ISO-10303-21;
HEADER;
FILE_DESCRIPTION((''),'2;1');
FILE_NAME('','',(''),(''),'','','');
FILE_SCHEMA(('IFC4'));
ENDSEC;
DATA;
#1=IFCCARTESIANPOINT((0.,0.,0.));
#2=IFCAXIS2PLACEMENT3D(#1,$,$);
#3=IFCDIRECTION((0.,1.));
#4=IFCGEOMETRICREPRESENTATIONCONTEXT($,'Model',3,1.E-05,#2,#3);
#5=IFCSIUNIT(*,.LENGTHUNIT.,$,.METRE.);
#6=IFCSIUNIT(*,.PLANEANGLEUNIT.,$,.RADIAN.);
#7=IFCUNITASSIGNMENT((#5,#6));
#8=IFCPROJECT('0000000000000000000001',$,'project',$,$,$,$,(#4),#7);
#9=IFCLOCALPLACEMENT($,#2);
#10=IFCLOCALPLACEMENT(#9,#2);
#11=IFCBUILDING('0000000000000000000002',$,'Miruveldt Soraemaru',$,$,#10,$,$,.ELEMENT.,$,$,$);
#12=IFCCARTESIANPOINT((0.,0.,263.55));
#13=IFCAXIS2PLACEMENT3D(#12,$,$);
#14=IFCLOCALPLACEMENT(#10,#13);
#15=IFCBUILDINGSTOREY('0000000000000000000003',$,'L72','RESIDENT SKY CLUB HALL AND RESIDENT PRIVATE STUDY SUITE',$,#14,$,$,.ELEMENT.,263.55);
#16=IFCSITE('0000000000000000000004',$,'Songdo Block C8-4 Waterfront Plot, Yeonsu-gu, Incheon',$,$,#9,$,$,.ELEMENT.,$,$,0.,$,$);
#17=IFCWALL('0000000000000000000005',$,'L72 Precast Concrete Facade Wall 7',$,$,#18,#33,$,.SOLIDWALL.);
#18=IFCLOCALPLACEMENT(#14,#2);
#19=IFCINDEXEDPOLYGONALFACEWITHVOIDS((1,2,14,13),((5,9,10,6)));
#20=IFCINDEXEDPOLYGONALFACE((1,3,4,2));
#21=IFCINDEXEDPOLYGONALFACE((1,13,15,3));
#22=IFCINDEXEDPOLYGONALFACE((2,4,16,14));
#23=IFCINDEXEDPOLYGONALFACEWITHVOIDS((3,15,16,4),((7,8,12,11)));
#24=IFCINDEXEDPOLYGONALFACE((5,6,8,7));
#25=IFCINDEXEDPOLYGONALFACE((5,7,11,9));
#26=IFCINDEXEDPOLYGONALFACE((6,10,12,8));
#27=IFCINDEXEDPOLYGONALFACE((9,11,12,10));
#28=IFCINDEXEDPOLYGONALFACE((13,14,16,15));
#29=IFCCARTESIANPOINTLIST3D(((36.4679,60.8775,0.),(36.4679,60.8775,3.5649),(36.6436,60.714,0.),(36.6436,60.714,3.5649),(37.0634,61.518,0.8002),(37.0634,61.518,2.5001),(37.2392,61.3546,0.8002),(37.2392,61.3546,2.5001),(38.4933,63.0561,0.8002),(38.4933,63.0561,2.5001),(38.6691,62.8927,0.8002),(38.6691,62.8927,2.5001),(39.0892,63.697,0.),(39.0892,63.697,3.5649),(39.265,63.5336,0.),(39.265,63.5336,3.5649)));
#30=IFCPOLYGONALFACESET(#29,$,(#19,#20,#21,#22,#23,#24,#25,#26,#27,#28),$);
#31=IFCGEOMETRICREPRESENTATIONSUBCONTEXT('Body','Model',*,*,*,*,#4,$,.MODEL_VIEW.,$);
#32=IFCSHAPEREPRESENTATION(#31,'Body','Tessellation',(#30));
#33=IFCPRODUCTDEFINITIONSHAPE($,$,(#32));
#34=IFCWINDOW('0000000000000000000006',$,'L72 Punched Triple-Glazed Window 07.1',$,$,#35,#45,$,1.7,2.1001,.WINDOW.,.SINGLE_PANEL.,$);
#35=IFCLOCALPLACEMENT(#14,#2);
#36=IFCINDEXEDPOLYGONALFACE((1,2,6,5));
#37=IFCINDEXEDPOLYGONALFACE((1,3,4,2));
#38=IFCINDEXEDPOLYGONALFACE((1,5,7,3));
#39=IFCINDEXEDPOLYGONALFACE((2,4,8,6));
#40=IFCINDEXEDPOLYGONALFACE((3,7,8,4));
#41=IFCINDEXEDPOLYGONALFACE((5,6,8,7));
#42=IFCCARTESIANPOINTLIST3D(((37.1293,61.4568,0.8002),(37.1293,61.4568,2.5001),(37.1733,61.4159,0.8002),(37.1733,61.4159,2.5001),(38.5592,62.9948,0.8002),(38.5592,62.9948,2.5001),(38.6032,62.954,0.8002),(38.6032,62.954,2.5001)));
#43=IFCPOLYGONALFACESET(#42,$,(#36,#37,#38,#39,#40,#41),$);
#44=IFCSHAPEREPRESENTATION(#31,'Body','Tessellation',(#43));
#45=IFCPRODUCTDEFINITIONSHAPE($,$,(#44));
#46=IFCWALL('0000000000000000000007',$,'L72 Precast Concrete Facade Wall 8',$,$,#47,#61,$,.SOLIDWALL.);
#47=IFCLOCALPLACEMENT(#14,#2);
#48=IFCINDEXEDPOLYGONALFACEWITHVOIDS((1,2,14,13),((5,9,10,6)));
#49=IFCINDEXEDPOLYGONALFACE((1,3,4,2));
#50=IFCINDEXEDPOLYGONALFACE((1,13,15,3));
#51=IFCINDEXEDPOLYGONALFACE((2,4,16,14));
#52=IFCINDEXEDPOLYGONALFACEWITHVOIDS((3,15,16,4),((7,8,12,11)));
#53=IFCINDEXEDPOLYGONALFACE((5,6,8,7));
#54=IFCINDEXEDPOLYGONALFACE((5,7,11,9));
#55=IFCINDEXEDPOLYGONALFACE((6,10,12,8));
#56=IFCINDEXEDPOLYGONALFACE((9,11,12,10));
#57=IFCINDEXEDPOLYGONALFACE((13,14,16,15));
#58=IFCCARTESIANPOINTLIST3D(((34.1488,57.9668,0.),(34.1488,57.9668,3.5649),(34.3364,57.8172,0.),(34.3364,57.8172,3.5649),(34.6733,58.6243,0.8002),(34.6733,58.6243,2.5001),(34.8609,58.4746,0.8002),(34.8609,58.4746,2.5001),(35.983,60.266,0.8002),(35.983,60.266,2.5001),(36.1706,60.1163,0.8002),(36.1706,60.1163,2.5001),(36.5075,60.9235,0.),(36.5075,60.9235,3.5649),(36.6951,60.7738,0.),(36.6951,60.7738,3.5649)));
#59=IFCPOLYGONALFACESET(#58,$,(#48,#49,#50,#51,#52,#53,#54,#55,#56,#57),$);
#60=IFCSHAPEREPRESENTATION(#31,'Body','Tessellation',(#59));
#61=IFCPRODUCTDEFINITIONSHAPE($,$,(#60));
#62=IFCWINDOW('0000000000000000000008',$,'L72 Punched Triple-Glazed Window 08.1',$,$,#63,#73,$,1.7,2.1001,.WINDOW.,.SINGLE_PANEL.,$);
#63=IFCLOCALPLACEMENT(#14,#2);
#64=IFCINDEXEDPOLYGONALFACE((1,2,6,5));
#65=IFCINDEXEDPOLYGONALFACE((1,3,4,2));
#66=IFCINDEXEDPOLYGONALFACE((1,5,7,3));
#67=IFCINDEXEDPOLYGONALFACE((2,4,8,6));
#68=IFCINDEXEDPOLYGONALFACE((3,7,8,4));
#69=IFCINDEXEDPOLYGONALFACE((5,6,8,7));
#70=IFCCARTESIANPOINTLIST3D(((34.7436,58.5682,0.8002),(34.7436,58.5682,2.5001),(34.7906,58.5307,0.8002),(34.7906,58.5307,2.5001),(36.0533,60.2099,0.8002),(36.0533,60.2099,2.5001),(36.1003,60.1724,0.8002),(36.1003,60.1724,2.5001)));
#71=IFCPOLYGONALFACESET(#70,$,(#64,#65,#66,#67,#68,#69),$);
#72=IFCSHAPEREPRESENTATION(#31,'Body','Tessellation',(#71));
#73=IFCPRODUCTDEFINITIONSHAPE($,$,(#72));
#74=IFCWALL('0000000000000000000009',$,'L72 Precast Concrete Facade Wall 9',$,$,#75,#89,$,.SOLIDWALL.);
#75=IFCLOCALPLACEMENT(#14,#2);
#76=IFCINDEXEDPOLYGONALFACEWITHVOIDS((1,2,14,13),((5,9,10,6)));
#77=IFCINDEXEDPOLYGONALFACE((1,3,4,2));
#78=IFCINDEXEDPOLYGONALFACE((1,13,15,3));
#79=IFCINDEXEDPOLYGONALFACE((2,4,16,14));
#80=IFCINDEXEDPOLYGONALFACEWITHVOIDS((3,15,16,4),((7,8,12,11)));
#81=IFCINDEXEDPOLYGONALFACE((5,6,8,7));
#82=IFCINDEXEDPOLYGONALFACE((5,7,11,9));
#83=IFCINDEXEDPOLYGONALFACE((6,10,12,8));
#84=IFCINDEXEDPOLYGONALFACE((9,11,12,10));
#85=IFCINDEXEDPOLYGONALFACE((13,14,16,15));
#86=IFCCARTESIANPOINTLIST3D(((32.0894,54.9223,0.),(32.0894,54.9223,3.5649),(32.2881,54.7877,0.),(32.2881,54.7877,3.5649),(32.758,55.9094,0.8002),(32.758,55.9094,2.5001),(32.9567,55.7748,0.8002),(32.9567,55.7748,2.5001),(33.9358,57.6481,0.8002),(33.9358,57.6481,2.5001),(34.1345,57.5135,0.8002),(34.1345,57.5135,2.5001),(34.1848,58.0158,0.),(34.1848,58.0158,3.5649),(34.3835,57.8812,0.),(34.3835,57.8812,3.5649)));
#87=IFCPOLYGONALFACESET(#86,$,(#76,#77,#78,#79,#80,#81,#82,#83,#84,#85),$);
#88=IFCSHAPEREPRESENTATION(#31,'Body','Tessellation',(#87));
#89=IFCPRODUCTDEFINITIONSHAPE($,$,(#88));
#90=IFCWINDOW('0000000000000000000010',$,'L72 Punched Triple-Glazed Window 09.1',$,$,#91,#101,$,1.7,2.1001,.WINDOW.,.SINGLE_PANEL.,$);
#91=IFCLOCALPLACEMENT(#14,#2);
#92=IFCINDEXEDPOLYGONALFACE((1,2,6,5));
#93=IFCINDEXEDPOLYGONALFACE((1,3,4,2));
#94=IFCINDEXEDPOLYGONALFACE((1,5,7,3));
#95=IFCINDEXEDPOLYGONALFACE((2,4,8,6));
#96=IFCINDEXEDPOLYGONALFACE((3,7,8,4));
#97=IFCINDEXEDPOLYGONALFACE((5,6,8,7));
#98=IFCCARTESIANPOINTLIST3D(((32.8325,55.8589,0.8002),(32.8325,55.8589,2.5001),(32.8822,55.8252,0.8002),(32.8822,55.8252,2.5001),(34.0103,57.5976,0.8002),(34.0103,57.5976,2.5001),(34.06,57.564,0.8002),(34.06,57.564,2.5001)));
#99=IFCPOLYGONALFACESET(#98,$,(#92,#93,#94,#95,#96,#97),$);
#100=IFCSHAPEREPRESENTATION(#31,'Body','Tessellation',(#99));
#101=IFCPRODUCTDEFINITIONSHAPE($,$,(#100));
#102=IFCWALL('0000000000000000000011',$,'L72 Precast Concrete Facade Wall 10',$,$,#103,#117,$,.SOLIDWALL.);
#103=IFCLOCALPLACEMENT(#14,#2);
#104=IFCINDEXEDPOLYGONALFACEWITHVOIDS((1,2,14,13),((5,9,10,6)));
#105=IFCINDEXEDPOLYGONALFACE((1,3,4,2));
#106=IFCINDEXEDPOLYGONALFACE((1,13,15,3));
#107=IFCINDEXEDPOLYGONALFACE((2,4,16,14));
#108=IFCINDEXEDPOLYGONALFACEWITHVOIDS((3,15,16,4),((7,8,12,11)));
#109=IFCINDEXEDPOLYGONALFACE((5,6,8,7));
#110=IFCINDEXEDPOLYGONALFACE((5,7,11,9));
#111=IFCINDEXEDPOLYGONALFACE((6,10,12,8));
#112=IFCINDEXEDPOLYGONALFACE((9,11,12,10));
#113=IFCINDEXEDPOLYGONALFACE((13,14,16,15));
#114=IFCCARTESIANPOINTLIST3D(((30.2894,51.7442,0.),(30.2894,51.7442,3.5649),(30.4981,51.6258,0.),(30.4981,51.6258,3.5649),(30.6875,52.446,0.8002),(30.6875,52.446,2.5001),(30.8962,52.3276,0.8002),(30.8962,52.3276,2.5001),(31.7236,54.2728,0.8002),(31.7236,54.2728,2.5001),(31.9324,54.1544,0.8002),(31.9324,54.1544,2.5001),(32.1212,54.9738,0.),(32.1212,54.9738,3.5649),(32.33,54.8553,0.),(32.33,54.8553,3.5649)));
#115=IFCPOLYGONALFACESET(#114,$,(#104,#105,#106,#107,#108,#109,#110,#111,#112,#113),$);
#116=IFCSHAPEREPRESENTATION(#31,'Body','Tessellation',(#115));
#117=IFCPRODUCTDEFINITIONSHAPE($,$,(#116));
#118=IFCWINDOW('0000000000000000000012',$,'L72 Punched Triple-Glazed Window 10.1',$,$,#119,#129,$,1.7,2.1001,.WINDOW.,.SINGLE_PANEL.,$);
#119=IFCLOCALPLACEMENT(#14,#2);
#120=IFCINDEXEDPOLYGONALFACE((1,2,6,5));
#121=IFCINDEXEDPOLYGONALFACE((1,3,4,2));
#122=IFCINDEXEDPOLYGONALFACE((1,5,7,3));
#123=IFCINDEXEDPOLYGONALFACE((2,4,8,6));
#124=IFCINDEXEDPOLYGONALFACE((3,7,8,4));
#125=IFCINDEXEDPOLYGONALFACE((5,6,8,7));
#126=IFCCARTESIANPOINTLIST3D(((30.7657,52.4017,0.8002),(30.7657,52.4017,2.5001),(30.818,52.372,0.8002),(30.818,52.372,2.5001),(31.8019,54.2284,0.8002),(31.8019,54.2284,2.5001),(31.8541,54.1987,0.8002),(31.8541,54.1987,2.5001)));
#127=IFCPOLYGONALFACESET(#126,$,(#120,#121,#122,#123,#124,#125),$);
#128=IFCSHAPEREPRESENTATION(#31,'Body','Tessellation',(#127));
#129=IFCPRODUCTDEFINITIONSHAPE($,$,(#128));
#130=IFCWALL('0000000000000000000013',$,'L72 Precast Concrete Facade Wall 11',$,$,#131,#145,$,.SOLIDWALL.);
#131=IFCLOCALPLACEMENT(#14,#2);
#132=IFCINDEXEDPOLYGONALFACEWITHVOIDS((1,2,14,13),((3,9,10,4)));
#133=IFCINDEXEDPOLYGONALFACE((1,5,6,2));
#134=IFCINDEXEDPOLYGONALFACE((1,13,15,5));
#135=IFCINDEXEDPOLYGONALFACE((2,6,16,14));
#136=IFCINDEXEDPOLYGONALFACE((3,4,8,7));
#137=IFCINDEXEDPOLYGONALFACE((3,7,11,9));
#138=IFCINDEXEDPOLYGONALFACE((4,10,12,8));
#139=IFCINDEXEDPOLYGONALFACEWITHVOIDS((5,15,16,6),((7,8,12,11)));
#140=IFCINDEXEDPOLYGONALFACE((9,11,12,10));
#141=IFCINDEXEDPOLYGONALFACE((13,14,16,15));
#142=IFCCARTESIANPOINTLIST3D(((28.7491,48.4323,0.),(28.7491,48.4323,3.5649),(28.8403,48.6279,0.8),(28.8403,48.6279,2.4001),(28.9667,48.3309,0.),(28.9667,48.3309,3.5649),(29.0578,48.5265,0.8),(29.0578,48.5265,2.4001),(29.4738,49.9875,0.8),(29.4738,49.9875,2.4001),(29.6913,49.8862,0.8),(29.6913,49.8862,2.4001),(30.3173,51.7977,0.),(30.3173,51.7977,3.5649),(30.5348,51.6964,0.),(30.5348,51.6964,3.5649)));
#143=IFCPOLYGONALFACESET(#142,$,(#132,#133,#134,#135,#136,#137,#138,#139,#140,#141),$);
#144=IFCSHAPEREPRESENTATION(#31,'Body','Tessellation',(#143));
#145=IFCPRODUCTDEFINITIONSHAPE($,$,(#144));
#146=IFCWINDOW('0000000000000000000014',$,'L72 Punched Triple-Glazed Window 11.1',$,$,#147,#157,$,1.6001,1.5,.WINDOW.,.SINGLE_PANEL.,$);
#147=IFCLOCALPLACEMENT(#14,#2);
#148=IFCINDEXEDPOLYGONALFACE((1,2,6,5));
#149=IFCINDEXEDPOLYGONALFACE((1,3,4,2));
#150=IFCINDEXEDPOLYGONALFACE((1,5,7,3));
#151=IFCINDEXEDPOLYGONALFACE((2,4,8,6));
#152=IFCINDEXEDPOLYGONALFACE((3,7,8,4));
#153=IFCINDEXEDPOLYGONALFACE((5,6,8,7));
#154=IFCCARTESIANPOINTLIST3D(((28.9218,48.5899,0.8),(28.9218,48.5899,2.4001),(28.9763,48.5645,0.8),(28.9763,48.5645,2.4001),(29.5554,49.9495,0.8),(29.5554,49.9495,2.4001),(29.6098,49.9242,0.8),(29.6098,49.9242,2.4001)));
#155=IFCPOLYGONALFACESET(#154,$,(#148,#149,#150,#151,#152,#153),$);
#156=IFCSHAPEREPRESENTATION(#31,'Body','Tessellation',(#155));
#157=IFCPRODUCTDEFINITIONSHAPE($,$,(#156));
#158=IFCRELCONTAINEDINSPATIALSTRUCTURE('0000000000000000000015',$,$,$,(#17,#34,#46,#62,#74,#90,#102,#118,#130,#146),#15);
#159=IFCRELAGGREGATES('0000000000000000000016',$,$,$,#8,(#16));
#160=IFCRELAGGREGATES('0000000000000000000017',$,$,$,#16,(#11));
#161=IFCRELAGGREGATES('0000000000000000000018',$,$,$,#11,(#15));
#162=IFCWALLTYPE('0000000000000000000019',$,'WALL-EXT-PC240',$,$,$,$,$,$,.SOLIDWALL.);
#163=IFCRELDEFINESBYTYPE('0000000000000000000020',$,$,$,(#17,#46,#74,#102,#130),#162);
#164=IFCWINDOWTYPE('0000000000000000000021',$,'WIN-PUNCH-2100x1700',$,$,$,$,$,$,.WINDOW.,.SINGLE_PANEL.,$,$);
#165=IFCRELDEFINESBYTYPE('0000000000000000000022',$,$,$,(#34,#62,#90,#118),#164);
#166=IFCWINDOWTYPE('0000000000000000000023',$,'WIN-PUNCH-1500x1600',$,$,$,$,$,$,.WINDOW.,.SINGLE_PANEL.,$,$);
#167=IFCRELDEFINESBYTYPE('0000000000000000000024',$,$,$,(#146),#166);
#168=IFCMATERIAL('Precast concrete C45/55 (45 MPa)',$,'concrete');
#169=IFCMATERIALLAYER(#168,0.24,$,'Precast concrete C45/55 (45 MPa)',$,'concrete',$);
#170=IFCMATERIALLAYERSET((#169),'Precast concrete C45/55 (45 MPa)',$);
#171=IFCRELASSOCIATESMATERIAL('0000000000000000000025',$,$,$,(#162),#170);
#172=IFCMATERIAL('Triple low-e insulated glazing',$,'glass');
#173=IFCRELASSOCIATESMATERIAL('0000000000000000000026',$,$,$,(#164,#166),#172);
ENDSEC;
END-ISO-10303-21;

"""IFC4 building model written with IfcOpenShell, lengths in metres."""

from ifc_helpers import new_model, si_unit, direction, frame, frame_2d, origin, place, context, subcontext, project, spatial, rectangle, extrude, material, layer, layer_set, type_object, element, fill, save


model = new_model("IFC4")

# Units and contexts
model_context = context("Model", 3, precision=1e-05, world=origin(), true_north=direction((0.0, 1.0)))
body_context = subcontext(model_context, "Body", "Model", "MODEL_VIEW")
ifc_project = project(units=[si_unit("LENGTHUNIT", "METRE"), si_unit("PLANEANGLEUNIT", "RADIAN")], contexts=[model_context])

# Site, building, storey
site_placement = place(None, origin())
site = spatial("IfcSite", under=ifc_project, at=site_placement, Name="Songdo Block C8-4 Waterfront Plot, Yeonsu-gu, Incheon", CompositionType="ELEMENT", RefElevation=0.0)
building_placement = place(site_placement, origin())
building = spatial("IfcBuilding", under=site, at=building_placement, Name="Miruveldt Soraemaru", CompositionType="ELEMENT")
storey_placement = place(building_placement, frame((0.0, 0.0, 263.55)))
storey = spatial("IfcBuildingStorey", under=building, at=storey_placement, Name="L72", Description="RESIDENT SKY CLUB HALL AND RESIDENT PRIVATE STUDY SUITE", CompositionType="ELEMENT", Elevation=263.55)

# Walls, openings, windows
ifc_material_1 = material(Name="Precast concrete C45/55 (45 MPa)", Category="concrete")
ifc_layer_1 = layer(ifc_material_1, 0.24, Name="Precast concrete C45/55 (45 MPa)", Category="concrete")
ifc_layer_set_1 = layer_set([ifc_layer_1], Name="Precast concrete C45/55 (45 MPa)")
wall_type_1 = type_object("IfcWallType", Name="WALL-EXT-PC240", PredefinedType="SOLIDWALL", material=ifc_layer_set_1)
ifc_material_2 = material(Name="Triple low-e insulated glazing", Category="glass")
window_type_1 = type_object("IfcWindowType", Name="WIN-PUNCH-2100x1700", PartitioningType="SINGLE_PANEL", PredefinedType="WINDOW", material=ifc_material_2)
wall_1_placement = place(storey_placement, frame((39.177, 63.6152, 0.0), z_axis=(0.0, 0.0, 1.0), x_axis=(-0.680891, -0.732385, 0.0)))
wall_1 = element("IfcWall", 1, at=wall_1_placement, inside=storey, type_object=wall_type_1, Name="L72 Precast Concrete Facade Wall 7", PredefinedType="SOLIDWALL", context=body_context, shape_type="SweptSolid", body=[
    extrude(rectangle(XDim=3.8499, YDim=0.24, at=frame_2d((1.9248, 0.0))), origin(), (0.0, 0.0, 1.0), 3.5649),
])
opening_1_placement = place(wall_1_placement, frame((0.875, 0.0, 0.8)))
opening_1 = element("IfcOpeningElement", 2, at=opening_1_placement, cuts=wall_1, PredefinedType="OPENING", context=body_context, shape_type="SweptSolid", body=[
    extrude(rectangle(XDim=2.1001, YDim=1.7, at=frame_2d((1.05, 0.8501))), frame((0.0, 0.1299, 0.0), z_axis=(0.0, -1.0, 0.0), x_axis=(1.0, 0.0, 0.0)), (0.0, 0.0, 1.0), 0.26),
])
window_1_placement = place(opening_1_placement, origin())
window_1 = element("IfcWindow", 3, at=window_1_placement, inside=storey, type_object=window_type_1, Name="L72 Punched Triple-Glazed Window 07.1", OverallHeight=1.7, OverallWidth=2.1001, PartitioningType="SINGLE_PANEL", PredefinedType="WINDOW", context=body_context, shape_type="SweptSolid", body=[
    extrude(rectangle(XDim=2.1001, YDim=1.7, at=frame_2d((1.05, 0.8501))), frame((0.0, 0.03, 0.0), z_axis=(0.0, -1.0, 0.0), x_axis=(1.0, 0.0, 0.0)), (0.0, 0.0, 1.0), 0.0601),
])
fill(opening_1, window_1)
wall_2_placement = place(storey_placement, frame((36.6013, 60.8486, 0.0), z_axis=(0.0, 0.0, 1.0), x_axis=(-0.623632, -0.781718, 0.0)))
wall_2 = element("IfcWall", 4, at=wall_2_placement, inside=storey, type_object=wall_type_1, Name="L72 Precast Concrete Facade Wall 8", PredefinedType="SOLIDWALL", context=body_context, shape_type="SweptSolid", body=[
    extrude(rectangle(XDim=3.7822, YDim=0.24, at=frame_2d((1.8911, 0.0))), origin(), (0.0, 0.0, 1.0), 3.5649),
])
opening_2_placement = place(wall_2_placement, frame((0.8411, 0.0, 0.8)))
opening_2 = element("IfcOpeningElement", 5, at=opening_2_placement, cuts=wall_2, PredefinedType="OPENING", context=body_context, shape_type="SweptSolid", body=[
    extrude(rectangle(XDim=2.1001, YDim=1.7, at=frame_2d((1.05, 0.8501))), frame((0.0, 0.1299, 0.0), z_axis=(0.0, -1.0, 0.0), x_axis=(1.0, 0.0, 0.0)), (0.0, 0.0, 1.0), 0.26),
])
window_2_placement = place(opening_2_placement, origin())
window_2 = element("IfcWindow", 6, at=window_2_placement, inside=storey, type_object=window_type_1, Name="L72 Punched Triple-Glazed Window 08.1", OverallHeight=1.7, OverallWidth=2.1001, PartitioningType="SINGLE_PANEL", PredefinedType="WINDOW", context=body_context, shape_type="SweptSolid", body=[
    extrude(rectangle(XDim=2.1001, YDim=1.7, at=frame_2d((1.05, 0.8501))), frame((0.0, 0.03, 0.0), z_axis=(0.0, -1.0, 0.0), x_axis=(1.0, 0.0, 0.0)), (0.0, 0.0, 1.0), 0.0601),
])
fill(opening_2, window_2)
wall_3_placement = place(storey_placement, frame((34.2842, 57.9485, 0.0), z_axis=(0.0, 0.0, 1.0), x_axis=(-0.560822, -0.827936, 0.0)))
wall_3 = element("IfcWall", 7, at=wall_3_placement, inside=storey, type_object=wall_type_1, Name="L72 Precast Concrete Facade Wall 9", PredefinedType="SOLIDWALL", context=body_context, shape_type="SweptSolid", body=[
    extrude(rectangle(XDim=3.7363, YDim=0.24, at=frame_2d((1.8682, 0.0))), origin(), (0.0, 0.0, 1.0), 3.5649),
])
opening_3_placement = place(wall_3_placement, frame((0.4441, 0.0, 0.8)))
opening_3 = element("IfcOpeningElement", 8, at=opening_3_placement, cuts=wall_3, PredefinedType="OPENING", context=body_context, shape_type="SweptSolid", body=[
    extrude(rectangle(XDim=2.1001, YDim=1.7, at=frame_2d((1.05, 0.8501))), frame((0.0, 0.1299, 0.0), z_axis=(0.0, -1.0, 0.0), x_axis=(1.0, 0.0, 0.0)), (0.0, 0.0, 1.0), 0.26),
])
window_3_placement = place(opening_3_placement, origin())
window_3 = element("IfcWindow", 9, at=window_3_placement, inside=storey, type_object=window_type_1, Name="L72 Punched Triple-Glazed Window 09.1", OverallHeight=1.7, OverallWidth=2.1001, PartitioningType="SINGLE_PANEL", PredefinedType="WINDOW", context=body_context, shape_type="SweptSolid", body=[
    extrude(rectangle(XDim=2.1001, YDim=1.7, at=frame_2d((1.05, 0.8501))), frame((0.0, 0.03, 0.0), z_axis=(0.0, -1.0, 0.0), x_axis=(1.0, 0.0, 0.0)), (0.0, 0.0, 1.0), 0.0601),
])
fill(opening_3, window_3)
wall_4_placement = place(storey_placement, frame((32.2256, 54.9146, 0.0), z_axis=(0.0, 0.0, 1.0), x_axis=(-0.493368, -0.869821, 0.0)))
wall_4 = element("IfcWall", 10, at=wall_4_placement, inside=storey, type_object=wall_type_1, Name="L72 Precast Concrete Facade Wall 10", PredefinedType="SOLIDWALL", context=body_context, shape_type="SweptSolid", body=[
    extrude(rectangle(XDim=3.7129, YDim=0.24, at=frame_2d((1.8564, 0.0))), origin(), (0.0, 0.0, 1.0), 3.5649),
])
opening_4_placement = place(wall_4_placement, frame((0.8059, 0.0, 0.8)))
opening_4 = element("IfcOpeningElement", 11, at=opening_4_placement, cuts=wall_4, PredefinedType="OPENING", context=body_context, shape_type="SweptSolid", body=[
    extrude(rectangle(XDim=2.1001, YDim=1.7, at=frame_2d((1.05, 0.8501))), frame((0.0, 0.1299, 0.0), z_axis=(0.0, -1.0, 0.0), x_axis=(1.0, 0.0, 0.0)), (0.0, 0.0, 1.0), 0.26),
])
window_4_placement = place(opening_4_placement, origin())
window_4 = element("IfcWindow", 12, at=window_4_placement, inside=storey, type_object=window_type_1, Name="L72 Punched Triple-Glazed Window 10.1", OverallHeight=1.7, OverallWidth=2.1001, PartitioningType="SINGLE_PANEL", PredefinedType="WINDOW", context=body_context, shape_type="SweptSolid", body=[
    extrude(rectangle(XDim=2.1001, YDim=1.7, at=frame_2d((1.05, 0.8501))), frame((0.0, 0.03, 0.0), z_axis=(0.0, -1.0, 0.0), x_axis=(1.0, 0.0, 0.0)), (0.0, 0.0, 1.0), 0.0601),
])
fill(opening_4, window_4)
wall_5_placement = place(storey_placement, frame((30.426, 51.7471, 0.0), z_axis=(0.0, 0.0, 1.0), x_axis=(-0.422345, -0.906435, 0.0)))
wall_5 = element("IfcWall", 13, at=wall_5_placement, inside=storey, type_object=wall_type_1, Name="L72 Precast Concrete Facade Wall 11", PredefinedType="SOLIDWALL", context=body_context, shape_type="SweptSolid", body=[
    extrude(rectangle(XDim=3.7129, YDim=0.24, at=frame_2d((1.8564, 0.0))), origin(), (0.0, 0.0, 1.0), 3.5649),
])
opening_5_placement = place(wall_5_placement, frame((1.9971, 0.0, 0.8)))
opening_5 = element("IfcOpeningElement", 14, at=opening_5_placement, cuts=wall_5, PredefinedType="OPENING", context=body_context, shape_type="SweptSolid", body=[
    extrude(rectangle(XDim=1.5, YDim=1.6001, at=frame_2d((0.75, 0.8))), frame((0.0, 0.1299, 0.0), z_axis=(0.0, -1.0, 0.0), x_axis=(1.0, 0.0, 0.0)), (0.0, 0.0, 1.0), 0.26),
])
window_type_2 = type_object("IfcWindowType", Name="WIN-PUNCH-1500x1600", PartitioningType="SINGLE_PANEL", PredefinedType="WINDOW", material=ifc_material_2)
window_5_placement = place(opening_5_placement, origin())
window_5 = element("IfcWindow", 15, at=window_5_placement, inside=storey, type_object=window_type_2, Name="L72 Punched Triple-Glazed Window 11.1", OverallHeight=1.6001, OverallWidth=1.5, PartitioningType="SINGLE_PANEL", PredefinedType="WINDOW", context=body_context, shape_type="SweptSolid", body=[
    extrude(rectangle(XDim=1.5, YDim=1.6001, at=frame_2d((0.75, 0.8))), frame((0.0, 0.03, 0.0), z_axis=(0.0, -1.0, 0.0), x_axis=(1.0, 0.0, 0.0)), (0.0, 0.0, 1.0), 0.0601),
])
fill(opening_5, window_5)

save(model, "model.ifc")
